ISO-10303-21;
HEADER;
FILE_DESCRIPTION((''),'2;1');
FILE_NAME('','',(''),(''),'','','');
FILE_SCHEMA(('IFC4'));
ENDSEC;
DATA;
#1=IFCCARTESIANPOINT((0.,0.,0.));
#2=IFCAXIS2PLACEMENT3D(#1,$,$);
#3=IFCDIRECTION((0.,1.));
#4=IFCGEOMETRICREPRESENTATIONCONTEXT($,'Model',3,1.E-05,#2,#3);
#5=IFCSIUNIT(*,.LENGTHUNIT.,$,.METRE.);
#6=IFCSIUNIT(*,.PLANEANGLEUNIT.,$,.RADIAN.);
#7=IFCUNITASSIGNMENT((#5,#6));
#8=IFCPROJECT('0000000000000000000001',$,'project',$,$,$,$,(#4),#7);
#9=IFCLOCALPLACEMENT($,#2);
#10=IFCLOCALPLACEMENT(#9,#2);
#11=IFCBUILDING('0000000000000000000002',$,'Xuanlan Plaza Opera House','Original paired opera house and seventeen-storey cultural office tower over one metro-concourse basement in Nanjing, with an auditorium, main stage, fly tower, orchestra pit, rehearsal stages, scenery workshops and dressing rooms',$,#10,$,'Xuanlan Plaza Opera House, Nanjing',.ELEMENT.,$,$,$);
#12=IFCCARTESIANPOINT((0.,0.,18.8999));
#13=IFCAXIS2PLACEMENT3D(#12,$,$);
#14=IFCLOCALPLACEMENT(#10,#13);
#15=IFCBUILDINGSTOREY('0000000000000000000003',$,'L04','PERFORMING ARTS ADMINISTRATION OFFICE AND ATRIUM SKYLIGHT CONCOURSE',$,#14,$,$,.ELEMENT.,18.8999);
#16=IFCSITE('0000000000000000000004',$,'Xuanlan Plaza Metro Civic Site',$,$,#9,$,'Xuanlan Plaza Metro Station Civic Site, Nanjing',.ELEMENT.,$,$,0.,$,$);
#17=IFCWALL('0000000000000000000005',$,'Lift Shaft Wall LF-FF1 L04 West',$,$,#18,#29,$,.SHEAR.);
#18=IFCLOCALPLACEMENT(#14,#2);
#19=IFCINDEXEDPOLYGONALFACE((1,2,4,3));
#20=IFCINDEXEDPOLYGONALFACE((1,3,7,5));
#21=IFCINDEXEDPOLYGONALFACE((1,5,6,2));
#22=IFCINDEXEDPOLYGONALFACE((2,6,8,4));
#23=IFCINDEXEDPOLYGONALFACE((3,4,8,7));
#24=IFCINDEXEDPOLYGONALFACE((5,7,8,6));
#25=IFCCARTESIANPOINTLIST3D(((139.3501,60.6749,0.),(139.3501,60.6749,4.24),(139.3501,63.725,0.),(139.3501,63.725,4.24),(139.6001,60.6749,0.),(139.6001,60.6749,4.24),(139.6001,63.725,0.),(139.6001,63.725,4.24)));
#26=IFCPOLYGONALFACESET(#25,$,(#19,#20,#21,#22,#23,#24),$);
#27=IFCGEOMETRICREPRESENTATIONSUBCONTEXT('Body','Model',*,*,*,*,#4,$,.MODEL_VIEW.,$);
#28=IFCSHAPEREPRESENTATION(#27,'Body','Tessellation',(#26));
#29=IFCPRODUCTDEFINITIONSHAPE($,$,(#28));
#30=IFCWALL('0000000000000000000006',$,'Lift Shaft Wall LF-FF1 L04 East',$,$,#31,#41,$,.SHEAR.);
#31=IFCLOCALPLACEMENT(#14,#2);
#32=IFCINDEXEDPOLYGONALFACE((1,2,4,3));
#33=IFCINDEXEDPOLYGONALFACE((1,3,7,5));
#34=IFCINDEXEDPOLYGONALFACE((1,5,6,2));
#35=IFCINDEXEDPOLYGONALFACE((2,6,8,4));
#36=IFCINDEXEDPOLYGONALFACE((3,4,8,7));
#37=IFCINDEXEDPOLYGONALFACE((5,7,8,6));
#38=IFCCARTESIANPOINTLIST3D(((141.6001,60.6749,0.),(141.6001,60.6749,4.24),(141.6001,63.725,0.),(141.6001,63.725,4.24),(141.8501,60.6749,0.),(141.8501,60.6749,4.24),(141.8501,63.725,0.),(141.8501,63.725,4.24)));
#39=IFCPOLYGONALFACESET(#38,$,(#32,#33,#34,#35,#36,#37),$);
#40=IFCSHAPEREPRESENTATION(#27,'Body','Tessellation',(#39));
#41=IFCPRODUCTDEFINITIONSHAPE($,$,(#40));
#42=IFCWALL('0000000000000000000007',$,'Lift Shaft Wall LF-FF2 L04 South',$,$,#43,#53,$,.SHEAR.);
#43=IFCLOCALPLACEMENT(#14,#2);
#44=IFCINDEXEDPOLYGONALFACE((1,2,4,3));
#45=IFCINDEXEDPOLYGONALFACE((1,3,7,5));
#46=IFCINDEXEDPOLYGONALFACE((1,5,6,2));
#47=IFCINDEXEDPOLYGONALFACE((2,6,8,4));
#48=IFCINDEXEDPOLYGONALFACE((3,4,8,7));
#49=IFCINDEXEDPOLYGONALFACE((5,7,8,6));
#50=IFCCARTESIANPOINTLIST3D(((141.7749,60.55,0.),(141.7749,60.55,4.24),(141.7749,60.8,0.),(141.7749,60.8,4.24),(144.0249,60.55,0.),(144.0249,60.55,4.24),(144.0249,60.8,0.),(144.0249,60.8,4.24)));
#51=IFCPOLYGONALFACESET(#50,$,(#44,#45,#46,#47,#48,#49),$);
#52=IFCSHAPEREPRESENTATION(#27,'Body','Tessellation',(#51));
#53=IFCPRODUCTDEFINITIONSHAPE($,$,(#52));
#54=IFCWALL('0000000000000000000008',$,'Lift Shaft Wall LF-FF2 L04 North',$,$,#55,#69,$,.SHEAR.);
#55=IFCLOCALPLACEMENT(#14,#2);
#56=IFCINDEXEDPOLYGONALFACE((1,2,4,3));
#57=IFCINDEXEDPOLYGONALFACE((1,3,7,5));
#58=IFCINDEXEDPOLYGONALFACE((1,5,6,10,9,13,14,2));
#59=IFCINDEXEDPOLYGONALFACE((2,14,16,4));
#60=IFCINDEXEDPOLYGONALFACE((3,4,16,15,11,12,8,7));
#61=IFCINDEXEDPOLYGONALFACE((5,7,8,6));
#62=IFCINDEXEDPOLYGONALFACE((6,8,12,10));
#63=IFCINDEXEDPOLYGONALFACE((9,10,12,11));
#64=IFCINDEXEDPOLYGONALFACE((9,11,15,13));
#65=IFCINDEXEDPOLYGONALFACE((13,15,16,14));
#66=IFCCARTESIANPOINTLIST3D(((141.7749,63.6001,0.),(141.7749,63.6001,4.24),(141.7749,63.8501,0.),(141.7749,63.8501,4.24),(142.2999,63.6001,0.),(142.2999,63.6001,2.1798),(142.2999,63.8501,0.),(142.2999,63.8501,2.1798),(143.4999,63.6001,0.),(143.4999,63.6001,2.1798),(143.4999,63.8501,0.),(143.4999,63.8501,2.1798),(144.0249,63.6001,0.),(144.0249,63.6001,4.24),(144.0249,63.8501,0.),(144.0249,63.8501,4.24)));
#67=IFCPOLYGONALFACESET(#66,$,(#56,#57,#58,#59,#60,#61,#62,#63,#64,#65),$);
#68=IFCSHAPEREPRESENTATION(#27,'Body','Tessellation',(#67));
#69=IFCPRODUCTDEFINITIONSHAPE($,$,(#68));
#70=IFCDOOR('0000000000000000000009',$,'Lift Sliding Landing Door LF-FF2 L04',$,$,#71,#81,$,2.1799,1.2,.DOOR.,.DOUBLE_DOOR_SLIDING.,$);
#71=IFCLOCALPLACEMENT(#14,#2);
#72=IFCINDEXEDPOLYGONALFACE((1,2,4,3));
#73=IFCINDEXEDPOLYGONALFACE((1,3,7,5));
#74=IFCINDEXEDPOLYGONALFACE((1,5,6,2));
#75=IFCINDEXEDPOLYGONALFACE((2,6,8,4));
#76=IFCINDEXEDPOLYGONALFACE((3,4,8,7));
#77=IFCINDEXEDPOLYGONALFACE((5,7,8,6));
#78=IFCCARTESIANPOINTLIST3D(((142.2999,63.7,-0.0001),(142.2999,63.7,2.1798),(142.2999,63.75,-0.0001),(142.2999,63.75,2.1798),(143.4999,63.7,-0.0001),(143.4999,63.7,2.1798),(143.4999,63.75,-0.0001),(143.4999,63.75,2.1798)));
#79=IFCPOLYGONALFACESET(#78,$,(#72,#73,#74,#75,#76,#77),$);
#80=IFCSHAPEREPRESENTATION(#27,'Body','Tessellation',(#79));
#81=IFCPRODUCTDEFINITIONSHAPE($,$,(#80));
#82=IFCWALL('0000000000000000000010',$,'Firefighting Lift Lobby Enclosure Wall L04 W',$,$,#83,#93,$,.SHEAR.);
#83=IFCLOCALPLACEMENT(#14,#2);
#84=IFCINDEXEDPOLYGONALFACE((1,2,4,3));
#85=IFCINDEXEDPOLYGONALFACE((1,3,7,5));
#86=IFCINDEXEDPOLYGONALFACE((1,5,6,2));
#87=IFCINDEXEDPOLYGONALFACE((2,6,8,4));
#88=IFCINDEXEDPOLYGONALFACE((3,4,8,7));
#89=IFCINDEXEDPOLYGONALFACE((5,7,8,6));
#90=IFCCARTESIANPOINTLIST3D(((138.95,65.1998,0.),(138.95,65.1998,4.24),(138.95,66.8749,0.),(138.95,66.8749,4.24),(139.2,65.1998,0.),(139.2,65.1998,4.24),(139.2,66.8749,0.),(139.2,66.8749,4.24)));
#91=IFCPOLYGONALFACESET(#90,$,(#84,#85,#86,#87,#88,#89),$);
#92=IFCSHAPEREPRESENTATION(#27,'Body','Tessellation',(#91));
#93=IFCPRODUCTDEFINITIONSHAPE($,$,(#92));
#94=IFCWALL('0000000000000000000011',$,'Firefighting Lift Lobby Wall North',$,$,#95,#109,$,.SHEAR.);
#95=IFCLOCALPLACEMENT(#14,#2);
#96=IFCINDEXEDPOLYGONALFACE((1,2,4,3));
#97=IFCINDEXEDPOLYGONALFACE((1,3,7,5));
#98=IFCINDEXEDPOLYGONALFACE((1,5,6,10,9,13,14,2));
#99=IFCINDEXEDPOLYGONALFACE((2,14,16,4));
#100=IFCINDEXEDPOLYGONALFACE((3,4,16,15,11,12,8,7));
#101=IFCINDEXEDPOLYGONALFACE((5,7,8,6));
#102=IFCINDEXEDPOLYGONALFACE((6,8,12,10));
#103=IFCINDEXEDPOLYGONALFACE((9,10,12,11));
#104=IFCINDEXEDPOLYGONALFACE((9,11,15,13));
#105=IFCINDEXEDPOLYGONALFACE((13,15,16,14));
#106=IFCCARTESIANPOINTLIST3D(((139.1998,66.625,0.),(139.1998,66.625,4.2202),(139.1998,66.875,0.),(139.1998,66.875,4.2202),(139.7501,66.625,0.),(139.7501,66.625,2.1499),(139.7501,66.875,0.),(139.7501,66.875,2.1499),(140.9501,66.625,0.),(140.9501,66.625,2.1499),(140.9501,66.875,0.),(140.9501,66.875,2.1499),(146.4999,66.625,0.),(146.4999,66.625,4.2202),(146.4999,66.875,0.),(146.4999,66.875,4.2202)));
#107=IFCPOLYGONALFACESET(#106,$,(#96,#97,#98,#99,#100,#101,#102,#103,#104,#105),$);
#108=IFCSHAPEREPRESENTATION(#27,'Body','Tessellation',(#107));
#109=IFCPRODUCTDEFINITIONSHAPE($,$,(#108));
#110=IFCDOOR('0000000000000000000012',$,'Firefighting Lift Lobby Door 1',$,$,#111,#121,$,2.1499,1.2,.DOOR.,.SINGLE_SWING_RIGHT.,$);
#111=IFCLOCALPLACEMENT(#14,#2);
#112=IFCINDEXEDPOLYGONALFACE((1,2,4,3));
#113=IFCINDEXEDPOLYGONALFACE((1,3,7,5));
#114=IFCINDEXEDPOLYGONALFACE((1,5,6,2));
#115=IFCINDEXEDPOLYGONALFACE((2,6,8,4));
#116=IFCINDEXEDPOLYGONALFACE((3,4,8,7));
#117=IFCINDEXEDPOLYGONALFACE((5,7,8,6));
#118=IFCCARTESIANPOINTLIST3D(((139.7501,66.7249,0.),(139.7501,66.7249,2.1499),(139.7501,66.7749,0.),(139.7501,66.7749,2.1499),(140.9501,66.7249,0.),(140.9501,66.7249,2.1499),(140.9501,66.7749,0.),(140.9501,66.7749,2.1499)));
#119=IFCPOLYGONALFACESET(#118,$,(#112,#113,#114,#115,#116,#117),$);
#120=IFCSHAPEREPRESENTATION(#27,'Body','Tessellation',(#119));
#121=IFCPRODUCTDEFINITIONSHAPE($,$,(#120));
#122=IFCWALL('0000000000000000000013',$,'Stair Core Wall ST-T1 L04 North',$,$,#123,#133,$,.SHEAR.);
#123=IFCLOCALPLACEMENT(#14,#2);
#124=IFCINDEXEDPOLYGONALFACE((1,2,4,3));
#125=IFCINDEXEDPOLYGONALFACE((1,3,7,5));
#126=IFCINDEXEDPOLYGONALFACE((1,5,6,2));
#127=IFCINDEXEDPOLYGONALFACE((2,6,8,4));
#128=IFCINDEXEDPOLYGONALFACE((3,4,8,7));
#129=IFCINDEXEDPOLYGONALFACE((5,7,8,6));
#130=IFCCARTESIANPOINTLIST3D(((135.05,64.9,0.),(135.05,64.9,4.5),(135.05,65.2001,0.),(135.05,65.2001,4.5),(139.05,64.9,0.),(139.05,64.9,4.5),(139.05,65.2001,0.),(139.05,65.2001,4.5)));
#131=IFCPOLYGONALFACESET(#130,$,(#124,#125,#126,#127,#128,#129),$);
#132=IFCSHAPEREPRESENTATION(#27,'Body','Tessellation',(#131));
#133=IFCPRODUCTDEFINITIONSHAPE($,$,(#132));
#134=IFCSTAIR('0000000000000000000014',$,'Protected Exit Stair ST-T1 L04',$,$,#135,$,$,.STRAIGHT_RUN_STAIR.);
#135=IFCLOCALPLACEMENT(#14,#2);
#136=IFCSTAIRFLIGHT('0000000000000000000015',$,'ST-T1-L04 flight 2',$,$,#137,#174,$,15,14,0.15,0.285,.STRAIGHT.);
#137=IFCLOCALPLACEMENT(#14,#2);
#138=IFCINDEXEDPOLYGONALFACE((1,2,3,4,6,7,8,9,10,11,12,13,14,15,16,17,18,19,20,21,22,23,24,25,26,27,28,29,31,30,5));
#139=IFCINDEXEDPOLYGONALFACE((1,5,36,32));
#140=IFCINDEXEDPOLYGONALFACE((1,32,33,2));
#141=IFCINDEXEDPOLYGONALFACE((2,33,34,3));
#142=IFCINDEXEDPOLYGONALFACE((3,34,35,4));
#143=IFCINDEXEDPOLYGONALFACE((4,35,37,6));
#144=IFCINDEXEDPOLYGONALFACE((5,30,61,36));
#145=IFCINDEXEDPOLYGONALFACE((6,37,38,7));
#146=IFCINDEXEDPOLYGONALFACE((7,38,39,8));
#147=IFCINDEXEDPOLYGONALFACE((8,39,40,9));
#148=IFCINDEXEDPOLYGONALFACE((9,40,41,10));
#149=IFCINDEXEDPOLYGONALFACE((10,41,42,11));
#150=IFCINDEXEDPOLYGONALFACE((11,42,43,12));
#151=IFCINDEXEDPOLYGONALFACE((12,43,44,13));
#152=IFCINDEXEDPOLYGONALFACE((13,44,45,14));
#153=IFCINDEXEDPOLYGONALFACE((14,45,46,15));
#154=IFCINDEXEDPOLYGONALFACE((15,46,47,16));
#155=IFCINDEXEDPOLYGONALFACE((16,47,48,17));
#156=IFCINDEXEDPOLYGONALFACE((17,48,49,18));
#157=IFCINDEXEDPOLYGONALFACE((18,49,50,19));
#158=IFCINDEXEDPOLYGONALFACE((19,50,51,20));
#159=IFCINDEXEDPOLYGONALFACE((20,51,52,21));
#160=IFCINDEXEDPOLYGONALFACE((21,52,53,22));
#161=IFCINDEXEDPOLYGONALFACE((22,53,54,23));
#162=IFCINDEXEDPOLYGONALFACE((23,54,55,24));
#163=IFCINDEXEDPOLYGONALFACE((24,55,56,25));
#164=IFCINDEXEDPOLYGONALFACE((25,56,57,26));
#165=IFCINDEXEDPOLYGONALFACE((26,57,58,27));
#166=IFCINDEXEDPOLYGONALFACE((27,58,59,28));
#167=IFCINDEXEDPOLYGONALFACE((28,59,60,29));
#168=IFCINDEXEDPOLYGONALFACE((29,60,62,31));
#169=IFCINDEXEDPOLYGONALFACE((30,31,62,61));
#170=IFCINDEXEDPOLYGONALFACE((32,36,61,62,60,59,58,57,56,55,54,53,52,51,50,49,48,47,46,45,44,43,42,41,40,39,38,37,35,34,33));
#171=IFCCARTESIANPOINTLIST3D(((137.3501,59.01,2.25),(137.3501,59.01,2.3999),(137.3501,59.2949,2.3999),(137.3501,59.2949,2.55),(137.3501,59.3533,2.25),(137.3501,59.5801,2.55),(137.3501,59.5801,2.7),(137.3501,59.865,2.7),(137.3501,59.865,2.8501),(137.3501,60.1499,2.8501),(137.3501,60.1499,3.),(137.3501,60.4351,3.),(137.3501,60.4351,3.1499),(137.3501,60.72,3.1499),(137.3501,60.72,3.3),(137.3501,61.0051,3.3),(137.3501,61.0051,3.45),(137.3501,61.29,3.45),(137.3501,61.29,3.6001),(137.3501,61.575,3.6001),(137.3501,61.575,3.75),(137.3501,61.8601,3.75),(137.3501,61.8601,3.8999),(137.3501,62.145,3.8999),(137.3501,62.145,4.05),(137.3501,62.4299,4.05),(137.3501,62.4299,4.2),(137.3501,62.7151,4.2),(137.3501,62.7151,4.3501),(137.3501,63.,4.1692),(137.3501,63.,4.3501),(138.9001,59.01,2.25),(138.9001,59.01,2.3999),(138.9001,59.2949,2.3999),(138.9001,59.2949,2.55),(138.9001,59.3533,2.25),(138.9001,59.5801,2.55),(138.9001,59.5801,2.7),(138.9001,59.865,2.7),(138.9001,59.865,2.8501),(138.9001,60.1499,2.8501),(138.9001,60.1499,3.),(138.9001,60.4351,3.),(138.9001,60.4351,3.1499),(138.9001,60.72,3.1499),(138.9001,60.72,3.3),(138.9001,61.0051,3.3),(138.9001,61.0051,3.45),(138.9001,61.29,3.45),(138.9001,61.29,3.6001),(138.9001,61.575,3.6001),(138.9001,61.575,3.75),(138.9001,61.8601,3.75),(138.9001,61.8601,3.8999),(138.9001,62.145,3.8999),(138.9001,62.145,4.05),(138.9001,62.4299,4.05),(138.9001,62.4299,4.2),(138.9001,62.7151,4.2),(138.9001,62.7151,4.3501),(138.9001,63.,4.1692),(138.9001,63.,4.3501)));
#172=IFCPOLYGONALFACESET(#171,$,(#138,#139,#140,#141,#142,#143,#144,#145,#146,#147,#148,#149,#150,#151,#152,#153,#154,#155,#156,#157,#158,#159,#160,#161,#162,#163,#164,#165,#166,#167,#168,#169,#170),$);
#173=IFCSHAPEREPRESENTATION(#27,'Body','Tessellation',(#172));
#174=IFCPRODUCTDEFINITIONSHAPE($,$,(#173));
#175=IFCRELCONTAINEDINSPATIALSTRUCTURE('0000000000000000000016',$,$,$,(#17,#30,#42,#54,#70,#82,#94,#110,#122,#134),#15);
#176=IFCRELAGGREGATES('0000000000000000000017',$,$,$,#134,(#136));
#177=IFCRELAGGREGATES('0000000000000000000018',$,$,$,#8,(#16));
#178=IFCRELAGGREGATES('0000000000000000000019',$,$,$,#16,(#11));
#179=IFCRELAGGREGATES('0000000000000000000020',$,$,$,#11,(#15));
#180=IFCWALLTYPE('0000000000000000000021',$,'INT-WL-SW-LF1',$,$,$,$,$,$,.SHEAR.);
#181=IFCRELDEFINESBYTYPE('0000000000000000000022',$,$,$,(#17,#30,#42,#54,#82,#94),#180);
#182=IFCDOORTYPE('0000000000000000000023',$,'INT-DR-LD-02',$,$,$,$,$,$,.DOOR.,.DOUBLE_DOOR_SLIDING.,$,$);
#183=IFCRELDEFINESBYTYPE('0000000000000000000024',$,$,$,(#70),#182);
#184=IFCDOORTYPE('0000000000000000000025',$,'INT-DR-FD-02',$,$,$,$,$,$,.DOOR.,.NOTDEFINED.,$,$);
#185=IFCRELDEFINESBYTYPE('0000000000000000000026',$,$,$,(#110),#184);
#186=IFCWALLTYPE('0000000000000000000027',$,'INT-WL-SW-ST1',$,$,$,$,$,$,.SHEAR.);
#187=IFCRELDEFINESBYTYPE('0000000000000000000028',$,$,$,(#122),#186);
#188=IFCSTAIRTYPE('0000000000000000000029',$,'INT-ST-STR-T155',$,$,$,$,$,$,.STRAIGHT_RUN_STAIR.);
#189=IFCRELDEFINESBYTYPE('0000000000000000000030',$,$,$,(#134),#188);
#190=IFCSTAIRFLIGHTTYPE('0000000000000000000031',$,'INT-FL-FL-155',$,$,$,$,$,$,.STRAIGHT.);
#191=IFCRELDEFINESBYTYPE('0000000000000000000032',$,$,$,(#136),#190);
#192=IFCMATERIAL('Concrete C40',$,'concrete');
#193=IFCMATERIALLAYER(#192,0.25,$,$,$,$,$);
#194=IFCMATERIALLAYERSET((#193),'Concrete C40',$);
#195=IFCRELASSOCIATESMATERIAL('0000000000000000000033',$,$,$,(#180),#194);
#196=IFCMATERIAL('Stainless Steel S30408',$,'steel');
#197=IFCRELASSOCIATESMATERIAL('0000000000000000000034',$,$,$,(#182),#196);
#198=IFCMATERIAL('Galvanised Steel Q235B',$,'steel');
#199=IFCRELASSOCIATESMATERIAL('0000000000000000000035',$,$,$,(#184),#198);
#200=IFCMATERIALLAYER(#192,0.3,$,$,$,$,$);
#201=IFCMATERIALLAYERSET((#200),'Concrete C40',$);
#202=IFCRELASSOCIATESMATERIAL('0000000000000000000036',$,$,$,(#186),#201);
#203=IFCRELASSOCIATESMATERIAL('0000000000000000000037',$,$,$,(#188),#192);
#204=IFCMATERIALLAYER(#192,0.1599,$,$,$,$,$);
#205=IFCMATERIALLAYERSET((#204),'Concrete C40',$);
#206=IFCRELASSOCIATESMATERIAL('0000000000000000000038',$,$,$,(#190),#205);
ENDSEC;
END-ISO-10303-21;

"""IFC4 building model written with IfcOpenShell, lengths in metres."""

from ifc_helpers import new_model, si_unit, direction, frame, frame_2d, origin, place, context, subcontext, project, spatial, polyline, rectangle, outline, extrude, material, layer, layer_set, type_object, element, fill, aggregate, save


model = new_model("IFC4")

# Units and contexts
model_context = context("Model", 3, precision=1e-05, world=origin(), true_north=direction((0.0, 1.0)))
body_context = subcontext(model_context, "Body", "Model", "MODEL_VIEW")
ifc_project = project(units=[si_unit("LENGTHUNIT", "METRE"), si_unit("PLANEANGLEUNIT", "RADIAN")], contexts=[model_context])

# Site, building, storey
site_placement = place(None, origin())
site = spatial("IfcSite", under=ifc_project, at=site_placement, Name="Xuanlan Plaza Metro Civic Site", LongName="Xuanlan Plaza Metro Station Civic Site, Nanjing", CompositionType="ELEMENT", RefElevation=0.0)
building_placement = place(site_placement, origin())
building = spatial("IfcBuilding", under=site, at=building_placement, Name="Xuanlan Plaza Opera House", Description="Original paired opera house and seventeen-storey cultural office tower over one metro-concourse basement in Nanjing, with an auditorium, main stage, fly tower, orchestra pit, rehearsal stages, scenery workshops and dressing rooms", LongName="Xuanlan Plaza Opera House, Nanjing", CompositionType="ELEMENT")
storey_placement = place(building_placement, frame((0.0, 0.0, 18.8999)))
storey = spatial("IfcBuildingStorey", under=building, at=storey_placement, Name="L04", Description="PERFORMING ARTS ADMINISTRATION OFFICE AND ATRIUM SKYLIGHT CONCOURSE", CompositionType="ELEMENT", Elevation=18.8999)

# Shared definitions
ifc_material_1 = material(Name="Concrete C40", Category="concrete")

# Shared definitions
ifc_layer_1 = layer(ifc_material_1, 0.25)
ifc_layer_set_1 = layer_set([ifc_layer_1], Name="Concrete C40")
wall_type_1 = type_object("IfcWallType", Name="INT-WL-SW-LF1", PredefinedType="SHEAR", material=ifc_layer_set_1)

# Shared definitions
ifc_material_2 = material(Name="Stainless Steel S30408", Category="steel")
door_type_1 = type_object("IfcDoorType", Name="INT-DR-LD-02", OperationType="DOUBLE_DOOR_SLIDING", PredefinedType="DOOR", material=ifc_material_2)

# Walls
for number, where, z_axis, x_axis, name in (
    (1, (139.4751, 60.675, 0.0), (0.0, 0.0, 1.0), (0.0, 1.0, 0.0), "Lift Shaft Wall LF-FF1 L04 West"),
    (2, (141.7251, 60.675, 0.0), (0.0, 0.0, 1.0), (0.0, 1.0, 0.0), "Lift Shaft Wall LF-FF1 L04 East"),
):
    element("IfcWall", number, at=place(storey_placement, frame(where, z_axis=z_axis, x_axis=x_axis)), inside=storey, type_object=wall_type_1, Name=name, PredefinedType="SHEAR", context=body_context, shape_type="SweptSolid", body=[
        extrude(rectangle(XDim=3.05, YDim=0.25, at=frame_2d((1.5249, 0.0))), origin(), (0.0, 0.0, 1.0), 4.24),
    ])
wall_1_placement = place(storey_placement, frame((141.7749, 60.675, 0.0), z_axis=(0.0, 0.0, 1.0), x_axis=(1.0, 0.0, 0.0)))
element("IfcWall", 3, at=wall_1_placement, inside=storey, type_object=wall_type_1, Name="Lift Shaft Wall LF-FF2 L04 South", PredefinedType="SHEAR", context=body_context, shape_type="SweptSolid", body=[
    extrude(rectangle(XDim=2.25, YDim=0.25, at=frame_2d((1.125, 0.0))), origin(), (0.0, 0.0, 1.0), 4.24),
])

# Wall, opening, door
wall_2_placement = place(storey_placement, frame((141.7749, 63.7251, 0.0), z_axis=(0.0, 0.0, 1.0), x_axis=(1.0, 0.0, 0.0)))
wall_2 = element("IfcWall", 4, at=wall_2_placement, inside=storey, type_object=wall_type_1, Name="Lift Shaft Wall LF-FF2 L04 North", PredefinedType="SHEAR", context=body_context, shape_type="SweptSolid", body=[
    extrude(rectangle(XDim=2.25, YDim=0.25, at=frame_2d((1.125, 0.0))), origin(), (0.0, 0.0, 1.0), 4.24),
])
opening_1_placement = place(wall_2_placement, frame((0.5249, 0.0, 0.0)))
opening_1 = element("IfcOpeningElement", 5, at=opening_1_placement, cuts=wall_2, PredefinedType="OPENING", context=body_context, shape_type="SweptSolid", body=[
    extrude(rectangle(XDim=1.2, YDim=2.1799, at=frame_2d((0.6001, 1.0898))), frame((0.0, 0.135, 0.0), z_axis=(0.0, -1.0, 0.0), x_axis=(1.0, 0.0, 0.0)), (0.0, 0.0, 1.0), 0.27),
])
door_1_placement = place(opening_1_placement, origin())
door_1 = element("IfcDoor", 6, at=door_1_placement, inside=storey, type_object=door_type_1, Name="Lift Sliding Landing Door LF-FF2 L04", OperationType="DOUBLE_DOOR_SLIDING", OverallHeight=2.1799, OverallWidth=1.2, PredefinedType="DOOR", context=body_context, shape_type="SweptSolid", body=[
    extrude(rectangle(XDim=1.2, YDim=2.1799, at=frame_2d((0.6001, 1.0898))), frame((0.0, 0.0249, 0.0), z_axis=(0.0, -1.0, 0.0), x_axis=(1.0, 0.0, 0.0)), (0.0, 0.0, 1.0), 0.05),
])
fill(opening_1, door_1)

# Wall
wall_3_placement = place(storey_placement, frame((139.075, 65.2, 0.0), z_axis=(0.0, 0.0, 1.0), x_axis=(0.0, 1.0, 0.0)))
element("IfcWall", 7, at=wall_3_placement, inside=storey, type_object=wall_type_1, Name="Firefighting Lift Lobby Enclosure Wall L04 W", PredefinedType="SHEAR", context=body_context, shape_type="SweptSolid", body=[
    extrude(rectangle(XDim=1.675, YDim=0.25, at=frame_2d((0.8374, 0.0))), origin(), (0.0, 0.0, 1.0), 4.24),
])

# Wall, opening, door
wall_4_placement = place(storey_placement, frame((139.2, 66.75, 0.0), z_axis=(0.0, 0.0, 1.0), x_axis=(1.0, 0.0, 0.0)))
wall_4 = element("IfcWall", 8, at=wall_4_placement, inside=storey, type_object=wall_type_1, Name="Firefighting Lift Lobby Wall North", PredefinedType="SHEAR", context=body_context, shape_type="SweptSolid", body=[
    extrude(rectangle(XDim=7.3, YDim=0.25, at=frame_2d((3.6499, 0.0))), origin(), (0.0, 0.0, 1.0), 4.2202),
])
opening_2_placement = place(wall_4_placement, frame((0.55, 0.0, 0.0)))
opening_2 = element("IfcOpeningElement", 9, at=opening_2_placement, cuts=wall_4, PredefinedType="OPENING", context=body_context, shape_type="SweptSolid", body=[
    extrude(rectangle(XDim=1.2, YDim=2.1499, at=frame_2d((0.6001, 1.075))), frame((0.0, 0.135, 0.0), z_axis=(0.0, -1.0, 0.0), x_axis=(1.0, 0.0, 0.0)), (0.0, 0.0, 1.0), 0.27),
])
ifc_material_3 = material(Name="Galvanised Steel Q235B", Category="steel")
door_type_2 = type_object("IfcDoorType", Name="INT-DR-FD-02", OperationType="NOTDEFINED", PredefinedType="DOOR", material=ifc_material_3)
door_2_placement = place(opening_2_placement, origin())
door_2 = element("IfcDoor", 10, at=door_2_placement, inside=storey, type_object=door_type_2, Name="Firefighting Lift Lobby Door 1", OperationType="SINGLE_SWING_RIGHT", OverallHeight=2.1499, OverallWidth=1.2, PredefinedType="DOOR", context=body_context, shape_type="SweptSolid", body=[
    extrude(rectangle(XDim=1.2, YDim=2.1499, at=frame_2d((0.6001, 1.075))), frame((0.0, 0.0249, 0.0), z_axis=(0.0, -1.0, 0.0), x_axis=(1.0, 0.0, 0.0)), (0.0, 0.0, 1.0), 0.05),
])
fill(opening_2, door_2)

# Wall
ifc_layer_2 = layer(ifc_material_1, 0.3)
ifc_layer_set_2 = layer_set([ifc_layer_2], Name="Concrete C40")
wall_type_2 = type_object("IfcWallType", Name="INT-WL-SW-ST1", PredefinedType="SHEAR", material=ifc_layer_set_2)
wall_5_placement = place(storey_placement, frame((135.05, 65.05, 0.0), z_axis=(0.0, 0.0, 1.0), x_axis=(1.0, 0.0, 0.0)))
element("IfcWall", 11, at=wall_5_placement, inside=storey, type_object=wall_type_2, Name="Stair Core Wall ST-T1 L04 North", PredefinedType="SHEAR", context=body_context, shape_type="SweptSolid", body=[
    extrude(rectangle(XDim=4.0, YDim=0.3, at=frame_2d((2.0, 0.0))), origin(), (0.0, 0.0, 1.0), 4.5),
])

# Stair, stair flight
stair_type = type_object("IfcStairType", Name="INT-ST-STR-T155", PredefinedType="STRAIGHT_RUN_STAIR", material=ifc_material_1)
stair_placement = place(storey_placement, origin())
stair = element("IfcStair", 12, at=stair_placement, inside=storey, type_object=stair_type, Name="Protected Exit Stair ST-T1 L04", PredefinedType="STRAIGHT_RUN_STAIR")
ifc_layer_3 = layer(ifc_material_1, 0.1599)
ifc_layer_set_3 = layer_set([ifc_layer_3], Name="Concrete C40")
stair_flight_type = type_object("IfcStairFlightType", Name="INT-FL-FL-155", PredefinedType="STRAIGHT", material=ifc_layer_set_3)
stair_flight_placement = place(storey_placement, frame((138.125, 59.01, 2.25), z_axis=(0.0, 0.0, 1.0), x_axis=(0.0, 1.0, 0.0)))
stair_flight = element("IfcStairFlight", 13, at=stair_flight_placement, type_object=stair_flight_type, Name="ST-T1-L04 flight 2", NumberOfRisers=15, NumberOfTreads=14, PredefinedType="STRAIGHT", RiserHeight=0.15, TreadLength=0.285, context=body_context, shape_type="SweptSolid", body=[
    extrude(outline(polyline([(0.0, 0.0), (0.0, 0.1499), (0.2849, 0.1499), (0.2849, 0.3), (0.5701, 0.3), (0.5701, 0.45), (0.855, 0.45), (0.855, 0.6001), (1.1399, 0.6001), (1.1399, 0.75), (1.425, 0.75), (1.425, 0.8999), (1.71, 0.8999), (1.71, 1.05), (1.9951, 1.05), (1.9951, 1.2), (2.28, 1.2), (2.28, 1.3501), (2.5649, 1.3501), (2.5649, 1.5), (2.8501, 1.5), (2.8501, 1.6499), (3.135, 1.6499), (3.135, 1.8), (3.4199, 1.8), (3.4199, 1.95), (3.7051, 1.95), (3.7051, 2.1001), (3.99, 2.1001), (3.99, 2.25), (3.99, 1.9192), (0.3433, 0.0), (0.0, 0.0)])), frame((0.0, 0.7749, 0.0), z_axis=(0.0, -1.0, 0.0), x_axis=(1.0, 0.0, 0.0)), (0.0, 0.0, 1.0), 1.55),
])
aggregate(stair, [stair_flight])

save(model, "model.ifc")
